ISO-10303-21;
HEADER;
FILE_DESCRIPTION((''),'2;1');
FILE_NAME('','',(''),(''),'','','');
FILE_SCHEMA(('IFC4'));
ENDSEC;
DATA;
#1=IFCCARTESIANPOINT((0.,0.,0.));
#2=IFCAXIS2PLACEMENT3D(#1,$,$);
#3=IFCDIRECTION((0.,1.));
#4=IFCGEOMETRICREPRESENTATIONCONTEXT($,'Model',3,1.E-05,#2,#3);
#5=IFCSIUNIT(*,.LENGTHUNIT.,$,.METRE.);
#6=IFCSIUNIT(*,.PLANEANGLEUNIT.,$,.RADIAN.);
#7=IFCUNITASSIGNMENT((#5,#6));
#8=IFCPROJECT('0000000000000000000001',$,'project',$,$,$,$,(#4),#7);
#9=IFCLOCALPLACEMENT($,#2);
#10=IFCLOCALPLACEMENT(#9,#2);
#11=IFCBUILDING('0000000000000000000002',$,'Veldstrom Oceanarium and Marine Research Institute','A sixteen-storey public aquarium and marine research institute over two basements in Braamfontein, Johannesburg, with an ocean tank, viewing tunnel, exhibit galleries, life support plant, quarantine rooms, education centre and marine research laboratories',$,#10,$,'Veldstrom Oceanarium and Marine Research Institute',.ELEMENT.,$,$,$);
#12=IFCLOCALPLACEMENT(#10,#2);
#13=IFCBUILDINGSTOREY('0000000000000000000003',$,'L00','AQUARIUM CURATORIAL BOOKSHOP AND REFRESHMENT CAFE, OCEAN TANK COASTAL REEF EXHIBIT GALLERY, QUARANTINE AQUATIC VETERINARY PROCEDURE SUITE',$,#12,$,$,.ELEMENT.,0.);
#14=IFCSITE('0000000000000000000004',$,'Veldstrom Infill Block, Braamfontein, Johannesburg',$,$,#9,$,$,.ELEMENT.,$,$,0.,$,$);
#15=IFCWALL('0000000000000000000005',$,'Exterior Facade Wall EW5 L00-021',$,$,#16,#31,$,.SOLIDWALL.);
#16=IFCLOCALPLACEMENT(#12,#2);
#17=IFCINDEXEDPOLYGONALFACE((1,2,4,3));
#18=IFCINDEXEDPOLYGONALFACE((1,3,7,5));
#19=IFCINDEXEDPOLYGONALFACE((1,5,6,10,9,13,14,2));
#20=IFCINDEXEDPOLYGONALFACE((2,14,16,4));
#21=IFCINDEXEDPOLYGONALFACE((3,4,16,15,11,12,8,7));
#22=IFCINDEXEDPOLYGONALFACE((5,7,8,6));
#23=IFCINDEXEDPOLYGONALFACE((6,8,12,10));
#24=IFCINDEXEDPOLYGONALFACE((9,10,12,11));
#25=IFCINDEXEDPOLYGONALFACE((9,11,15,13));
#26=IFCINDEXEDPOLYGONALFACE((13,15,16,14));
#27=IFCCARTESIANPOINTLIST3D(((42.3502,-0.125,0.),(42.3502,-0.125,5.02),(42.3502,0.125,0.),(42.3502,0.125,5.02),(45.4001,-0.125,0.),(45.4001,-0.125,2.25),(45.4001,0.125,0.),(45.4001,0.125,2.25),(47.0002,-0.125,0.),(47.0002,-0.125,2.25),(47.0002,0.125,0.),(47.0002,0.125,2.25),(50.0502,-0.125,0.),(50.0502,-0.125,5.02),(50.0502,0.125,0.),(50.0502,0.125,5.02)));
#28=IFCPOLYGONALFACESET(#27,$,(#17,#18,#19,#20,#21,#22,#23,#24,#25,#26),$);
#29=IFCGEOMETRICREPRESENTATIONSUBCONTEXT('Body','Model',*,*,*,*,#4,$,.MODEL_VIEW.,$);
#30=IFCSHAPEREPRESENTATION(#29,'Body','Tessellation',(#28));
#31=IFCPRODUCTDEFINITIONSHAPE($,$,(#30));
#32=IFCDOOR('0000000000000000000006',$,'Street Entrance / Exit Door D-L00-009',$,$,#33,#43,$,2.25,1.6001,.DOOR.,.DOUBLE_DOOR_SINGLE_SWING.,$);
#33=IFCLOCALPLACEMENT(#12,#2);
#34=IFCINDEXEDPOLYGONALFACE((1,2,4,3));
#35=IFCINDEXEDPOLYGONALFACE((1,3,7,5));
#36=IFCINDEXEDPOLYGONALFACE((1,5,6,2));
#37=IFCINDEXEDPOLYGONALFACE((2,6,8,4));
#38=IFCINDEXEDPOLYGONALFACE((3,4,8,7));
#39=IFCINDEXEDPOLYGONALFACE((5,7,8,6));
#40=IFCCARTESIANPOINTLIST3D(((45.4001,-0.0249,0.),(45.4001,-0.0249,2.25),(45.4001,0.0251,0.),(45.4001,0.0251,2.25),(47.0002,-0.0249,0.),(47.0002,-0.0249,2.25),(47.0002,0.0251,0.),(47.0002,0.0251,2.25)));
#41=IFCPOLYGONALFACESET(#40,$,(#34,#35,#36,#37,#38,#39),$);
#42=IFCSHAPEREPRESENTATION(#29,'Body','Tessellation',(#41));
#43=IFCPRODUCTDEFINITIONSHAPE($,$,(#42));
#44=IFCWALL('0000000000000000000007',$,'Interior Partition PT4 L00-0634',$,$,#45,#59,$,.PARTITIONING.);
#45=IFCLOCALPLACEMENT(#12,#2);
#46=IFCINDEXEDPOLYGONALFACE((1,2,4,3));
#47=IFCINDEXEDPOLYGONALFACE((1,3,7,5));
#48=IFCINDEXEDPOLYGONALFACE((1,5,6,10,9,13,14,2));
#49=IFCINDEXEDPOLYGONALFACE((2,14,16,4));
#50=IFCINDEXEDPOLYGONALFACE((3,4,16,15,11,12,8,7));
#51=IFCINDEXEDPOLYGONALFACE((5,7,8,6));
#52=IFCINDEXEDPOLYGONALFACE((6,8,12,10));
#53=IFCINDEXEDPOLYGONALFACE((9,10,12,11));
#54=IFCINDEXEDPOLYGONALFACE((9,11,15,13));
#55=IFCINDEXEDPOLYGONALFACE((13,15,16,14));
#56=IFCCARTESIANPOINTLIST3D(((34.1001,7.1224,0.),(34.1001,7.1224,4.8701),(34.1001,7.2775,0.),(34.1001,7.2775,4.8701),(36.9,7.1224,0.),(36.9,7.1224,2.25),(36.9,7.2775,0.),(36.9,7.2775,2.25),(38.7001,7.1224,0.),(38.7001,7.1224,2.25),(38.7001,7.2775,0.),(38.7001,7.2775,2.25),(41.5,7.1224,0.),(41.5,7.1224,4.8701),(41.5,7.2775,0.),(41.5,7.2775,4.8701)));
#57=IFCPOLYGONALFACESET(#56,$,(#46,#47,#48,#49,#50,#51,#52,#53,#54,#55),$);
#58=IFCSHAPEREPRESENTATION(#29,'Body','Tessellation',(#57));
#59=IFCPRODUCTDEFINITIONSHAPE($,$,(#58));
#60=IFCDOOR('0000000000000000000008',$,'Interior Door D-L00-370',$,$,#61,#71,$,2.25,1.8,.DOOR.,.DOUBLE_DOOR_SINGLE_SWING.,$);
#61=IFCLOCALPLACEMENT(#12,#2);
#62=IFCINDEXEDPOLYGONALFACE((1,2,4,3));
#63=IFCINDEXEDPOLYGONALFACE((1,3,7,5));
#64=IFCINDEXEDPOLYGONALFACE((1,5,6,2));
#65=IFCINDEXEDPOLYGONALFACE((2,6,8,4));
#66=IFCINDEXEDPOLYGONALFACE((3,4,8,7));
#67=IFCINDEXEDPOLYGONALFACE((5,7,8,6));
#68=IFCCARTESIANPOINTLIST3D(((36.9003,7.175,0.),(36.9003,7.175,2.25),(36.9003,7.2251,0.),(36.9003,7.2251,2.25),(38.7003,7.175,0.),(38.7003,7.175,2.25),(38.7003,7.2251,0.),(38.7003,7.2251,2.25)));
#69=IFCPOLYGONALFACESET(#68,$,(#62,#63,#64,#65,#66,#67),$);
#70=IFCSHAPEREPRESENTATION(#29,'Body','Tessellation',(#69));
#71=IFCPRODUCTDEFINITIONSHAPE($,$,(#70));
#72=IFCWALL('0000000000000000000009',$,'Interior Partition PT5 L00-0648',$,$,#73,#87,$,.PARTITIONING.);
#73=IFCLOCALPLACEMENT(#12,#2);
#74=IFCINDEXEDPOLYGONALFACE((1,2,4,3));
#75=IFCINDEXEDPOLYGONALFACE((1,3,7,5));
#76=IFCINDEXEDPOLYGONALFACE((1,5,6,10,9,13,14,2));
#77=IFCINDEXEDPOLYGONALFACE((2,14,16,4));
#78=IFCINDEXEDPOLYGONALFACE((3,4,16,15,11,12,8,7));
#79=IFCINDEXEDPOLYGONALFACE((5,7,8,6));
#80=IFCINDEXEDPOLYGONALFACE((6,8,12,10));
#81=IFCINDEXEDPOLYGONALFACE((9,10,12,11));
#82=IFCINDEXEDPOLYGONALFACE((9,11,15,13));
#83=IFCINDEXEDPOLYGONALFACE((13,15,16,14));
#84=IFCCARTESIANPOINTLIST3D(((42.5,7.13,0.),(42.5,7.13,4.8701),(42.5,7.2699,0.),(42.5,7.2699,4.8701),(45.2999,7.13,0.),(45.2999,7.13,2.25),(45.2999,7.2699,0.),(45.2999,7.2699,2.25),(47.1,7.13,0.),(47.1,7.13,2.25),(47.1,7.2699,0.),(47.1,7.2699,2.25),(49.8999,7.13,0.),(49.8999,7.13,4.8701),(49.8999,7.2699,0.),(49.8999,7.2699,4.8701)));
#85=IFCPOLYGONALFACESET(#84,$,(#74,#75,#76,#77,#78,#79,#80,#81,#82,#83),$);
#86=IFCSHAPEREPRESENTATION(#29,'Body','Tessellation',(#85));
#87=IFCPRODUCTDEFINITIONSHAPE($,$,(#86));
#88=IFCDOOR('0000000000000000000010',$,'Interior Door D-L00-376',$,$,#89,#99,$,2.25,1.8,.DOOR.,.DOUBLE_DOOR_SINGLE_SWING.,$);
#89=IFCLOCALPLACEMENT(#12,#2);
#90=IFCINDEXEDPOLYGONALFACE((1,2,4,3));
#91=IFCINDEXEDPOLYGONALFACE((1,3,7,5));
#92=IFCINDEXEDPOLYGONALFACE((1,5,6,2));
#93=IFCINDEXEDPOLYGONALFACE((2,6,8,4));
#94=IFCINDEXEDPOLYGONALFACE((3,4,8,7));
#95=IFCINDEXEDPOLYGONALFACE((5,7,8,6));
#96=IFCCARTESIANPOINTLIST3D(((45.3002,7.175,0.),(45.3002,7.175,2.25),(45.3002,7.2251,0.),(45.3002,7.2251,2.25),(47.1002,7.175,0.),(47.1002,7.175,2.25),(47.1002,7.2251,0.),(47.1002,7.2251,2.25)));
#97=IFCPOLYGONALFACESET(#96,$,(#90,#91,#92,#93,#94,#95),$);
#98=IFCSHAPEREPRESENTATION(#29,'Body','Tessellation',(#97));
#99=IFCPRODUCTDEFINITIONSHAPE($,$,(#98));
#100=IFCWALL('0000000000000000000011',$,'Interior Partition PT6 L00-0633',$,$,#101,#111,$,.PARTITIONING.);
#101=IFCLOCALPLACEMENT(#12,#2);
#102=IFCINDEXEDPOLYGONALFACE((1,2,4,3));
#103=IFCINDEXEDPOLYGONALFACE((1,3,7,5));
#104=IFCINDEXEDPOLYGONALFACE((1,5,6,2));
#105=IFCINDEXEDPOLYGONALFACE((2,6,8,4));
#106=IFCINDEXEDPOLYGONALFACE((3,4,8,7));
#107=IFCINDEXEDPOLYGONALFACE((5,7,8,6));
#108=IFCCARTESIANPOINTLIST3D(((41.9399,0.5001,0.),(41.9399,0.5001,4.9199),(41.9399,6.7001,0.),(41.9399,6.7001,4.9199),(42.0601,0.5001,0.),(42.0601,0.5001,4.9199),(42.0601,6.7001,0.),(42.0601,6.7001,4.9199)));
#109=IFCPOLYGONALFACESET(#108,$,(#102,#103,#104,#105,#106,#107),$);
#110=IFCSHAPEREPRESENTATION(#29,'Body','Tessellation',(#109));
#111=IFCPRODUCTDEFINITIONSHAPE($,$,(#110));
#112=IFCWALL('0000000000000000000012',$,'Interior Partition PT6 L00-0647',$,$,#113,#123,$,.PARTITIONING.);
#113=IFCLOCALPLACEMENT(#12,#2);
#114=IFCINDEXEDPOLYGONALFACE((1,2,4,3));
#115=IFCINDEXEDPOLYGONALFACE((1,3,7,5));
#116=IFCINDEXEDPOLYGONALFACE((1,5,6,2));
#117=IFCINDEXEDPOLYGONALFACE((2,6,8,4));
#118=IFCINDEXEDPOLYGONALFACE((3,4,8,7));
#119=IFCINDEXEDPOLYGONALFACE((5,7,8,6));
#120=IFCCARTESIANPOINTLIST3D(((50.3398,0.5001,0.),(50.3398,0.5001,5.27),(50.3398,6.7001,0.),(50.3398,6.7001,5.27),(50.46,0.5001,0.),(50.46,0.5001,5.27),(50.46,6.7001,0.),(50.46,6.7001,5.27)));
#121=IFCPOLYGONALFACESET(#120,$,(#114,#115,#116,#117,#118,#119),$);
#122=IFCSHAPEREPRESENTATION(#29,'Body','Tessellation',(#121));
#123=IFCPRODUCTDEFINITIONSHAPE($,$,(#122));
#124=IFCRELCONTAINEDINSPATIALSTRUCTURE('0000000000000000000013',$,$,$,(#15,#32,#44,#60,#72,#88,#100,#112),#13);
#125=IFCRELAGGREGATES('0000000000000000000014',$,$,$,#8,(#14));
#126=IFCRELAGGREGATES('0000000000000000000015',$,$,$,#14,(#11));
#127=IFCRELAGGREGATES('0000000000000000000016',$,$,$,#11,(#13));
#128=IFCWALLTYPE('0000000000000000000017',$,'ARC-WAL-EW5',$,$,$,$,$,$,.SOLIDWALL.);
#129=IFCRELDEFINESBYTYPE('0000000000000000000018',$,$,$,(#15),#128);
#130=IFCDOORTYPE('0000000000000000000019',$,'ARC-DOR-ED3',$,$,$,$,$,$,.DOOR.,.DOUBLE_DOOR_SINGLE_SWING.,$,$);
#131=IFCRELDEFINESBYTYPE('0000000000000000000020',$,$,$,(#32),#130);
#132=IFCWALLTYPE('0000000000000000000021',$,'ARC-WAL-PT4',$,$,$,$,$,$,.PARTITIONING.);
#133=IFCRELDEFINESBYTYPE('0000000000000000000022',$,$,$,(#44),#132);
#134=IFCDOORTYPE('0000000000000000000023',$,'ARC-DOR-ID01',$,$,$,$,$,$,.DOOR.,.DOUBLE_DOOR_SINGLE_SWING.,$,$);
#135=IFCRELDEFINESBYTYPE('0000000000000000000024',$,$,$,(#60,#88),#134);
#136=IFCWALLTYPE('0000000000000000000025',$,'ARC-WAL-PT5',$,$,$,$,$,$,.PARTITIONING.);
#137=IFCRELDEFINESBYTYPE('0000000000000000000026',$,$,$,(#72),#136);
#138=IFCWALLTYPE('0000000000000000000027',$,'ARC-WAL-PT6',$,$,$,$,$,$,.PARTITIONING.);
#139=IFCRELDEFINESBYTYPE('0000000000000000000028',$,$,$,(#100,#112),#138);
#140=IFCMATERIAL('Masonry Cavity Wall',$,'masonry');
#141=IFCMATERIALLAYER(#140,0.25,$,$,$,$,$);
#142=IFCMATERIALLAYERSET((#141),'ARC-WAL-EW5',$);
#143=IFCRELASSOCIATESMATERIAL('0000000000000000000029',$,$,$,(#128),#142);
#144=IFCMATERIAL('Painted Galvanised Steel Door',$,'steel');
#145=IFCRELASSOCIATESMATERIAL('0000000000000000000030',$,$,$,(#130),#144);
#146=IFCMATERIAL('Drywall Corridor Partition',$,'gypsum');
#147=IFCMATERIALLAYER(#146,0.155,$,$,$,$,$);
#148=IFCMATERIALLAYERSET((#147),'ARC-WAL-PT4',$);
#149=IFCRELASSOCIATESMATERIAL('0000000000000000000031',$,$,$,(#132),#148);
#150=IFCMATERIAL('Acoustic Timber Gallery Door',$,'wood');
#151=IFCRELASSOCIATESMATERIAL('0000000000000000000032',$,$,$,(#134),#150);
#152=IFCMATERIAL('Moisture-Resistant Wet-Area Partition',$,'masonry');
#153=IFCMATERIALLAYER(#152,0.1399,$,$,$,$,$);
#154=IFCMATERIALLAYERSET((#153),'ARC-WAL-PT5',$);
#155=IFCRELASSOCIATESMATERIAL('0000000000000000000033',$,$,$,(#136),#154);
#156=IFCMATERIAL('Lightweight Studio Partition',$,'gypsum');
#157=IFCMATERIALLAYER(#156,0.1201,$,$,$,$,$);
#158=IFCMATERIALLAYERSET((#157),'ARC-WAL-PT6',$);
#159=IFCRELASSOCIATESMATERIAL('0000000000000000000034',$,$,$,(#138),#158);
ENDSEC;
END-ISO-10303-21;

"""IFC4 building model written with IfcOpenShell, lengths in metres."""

from ifc_helpers import new_model, si_unit, direction, frame, frame_2d, origin, place, context, subcontext, project, spatial, rectangle, extrude, material, layer, layer_set, type_object, element, fill, save


model = new_model("IFC4")

# Units and contexts
model_context = context("Model", 3, precision=1e-05, world=origin(), true_north=direction((0.0, 1.0)))
body_context = subcontext(model_context, "Body", "Model", "MODEL_VIEW")
ifc_project = project(units=[si_unit("LENGTHUNIT", "METRE"), si_unit("PLANEANGLEUNIT", "RADIAN")], contexts=[model_context])

# Site, building, storey
site_placement = place(None, origin())
site = spatial("IfcSite", under=ifc_project, at=site_placement, Name="Veldstrom Infill Block, Braamfontein, Johannesburg", CompositionType="ELEMENT", RefElevation=0.0)
building_placement = place(site_placement, origin())
building = spatial("IfcBuilding", under=site, at=building_placement, Name="Veldstrom Oceanarium and Marine Research Institute", Description="A sixteen-storey public aquarium and marine research institute over two basements in Braamfontein, Johannesburg, with an ocean tank, viewing tunnel, exhibit galleries, life support plant, quarantine rooms, education centre and marine research laboratories", LongName="Veldstrom Oceanarium and Marine Research Institute", CompositionType="ELEMENT")
storey_placement = place(building_placement, origin())
storey = spatial("IfcBuildingStorey", under=building, at=storey_placement, Name="L00", Description="AQUARIUM CURATORIAL BOOKSHOP AND REFRESHMENT CAFE, OCEAN TANK COASTAL REEF EXHIBIT GALLERY, QUARANTINE AQUATIC VETERINARY PROCEDURE SUITE", CompositionType="ELEMENT", Elevation=0.0)

# Walls, openings, doors
ifc_material_1 = material(Name="Masonry Cavity Wall", Category="masonry")
ifc_layer_1 = layer(ifc_material_1, 0.25)
ifc_layer_set_1 = layer_set([ifc_layer_1], Name="ARC-WAL-EW5")
wall_type_1 = type_object("IfcWallType", Name="ARC-WAL-EW5", PredefinedType="SOLIDWALL", material=ifc_layer_set_1)
wall_1_placement = place(storey_placement, frame((42.3501, 0.0, 0.0), z_axis=(0.0, 0.0, 1.0), x_axis=(1.0, 0.0, 0.0)))
wall_1 = element("IfcWall", 1, at=wall_1_placement, inside=storey, type_object=wall_type_1, Name="Exterior Facade Wall EW5 L00-021", PredefinedType="SOLIDWALL", context=body_context, shape_type="SweptSolid", body=[
    extrude(rectangle(XDim=7.7, YDim=0.25, at=frame_2d((3.8501, 0.0))), origin(), (0.0, 0.0, 1.0), 5.02),
])
opening_1_placement = place(wall_1_placement, frame((3.05, 0.0, 0.0)))
opening_1 = element("IfcOpeningElement", 2, at=opening_1_placement, cuts=wall_1, PredefinedType="OPENING", context=body_context, shape_type="SweptSolid", body=[
    extrude(rectangle(XDim=1.6001, YDim=2.25, at=frame_2d((0.8, 1.125))), frame((0.0, 0.135, 0.0), z_axis=(0.0, -1.0, 0.0), x_axis=(1.0, 0.0, 0.0)), (0.0, 0.0, 1.0), 0.27),
])
ifc_material_2 = material(Name="Painted Galvanised Steel Door", Category="steel")
door_type_1 = type_object("IfcDoorType", Name="ARC-DOR-ED3", OperationType="DOUBLE_DOOR_SINGLE_SWING", PredefinedType="DOOR", material=ifc_material_2)
door_1_placement = place(opening_1_placement, frame((1.6001, 0.0, 0.0), z_axis=(0.0, 0.0, 1.0), x_axis=(-1.0, 0.0, 0.0)))
door_1 = element("IfcDoor", 3, at=door_1_placement, inside=storey, type_object=door_type_1, Name="Street Entrance / Exit Door D-L00-009", OperationType="DOUBLE_DOOR_SINGLE_SWING", OverallHeight=2.25, OverallWidth=1.6001, PredefinedType="DOOR", context=body_context, shape_type="SweptSolid", body=[
    extrude(rectangle(XDim=1.6001, YDim=2.25, at=frame_2d((0.8, 1.125))), frame((0.0, 0.0249, 0.0), z_axis=(0.0, -1.0, 0.0), x_axis=(1.0, 0.0, 0.0)), (0.0, 0.0, 1.0), 0.05),
])
fill(opening_1, door_1)
ifc_material_3 = material(Name="Drywall Corridor Partition", Category="gypsum")
ifc_layer_2 = layer(ifc_material_3, 0.155)
ifc_layer_set_2 = layer_set([ifc_layer_2], Name="ARC-WAL-PT4")
wall_type_2 = type_object("IfcWallType", Name="ARC-WAL-PT4", PredefinedType="PARTITIONING", material=ifc_layer_set_2)
wall_2_placement = place(storey_placement, frame((34.1001, 7.2, 0.0), z_axis=(0.0, 0.0, 1.0), x_axis=(1.0, 0.0, 0.0)))
wall_2 = element("IfcWall", 4, at=wall_2_placement, inside=storey, type_object=wall_type_2, Name="Interior Partition PT4 L00-0634", PredefinedType="PARTITIONING", context=body_context, shape_type="SweptSolid", body=[
    extrude(rectangle(XDim=7.3999, YDim=0.155, at=frame_2d((3.7, 0.0))), origin(), (0.0, 0.0, 1.0), 4.8701),
])
opening_2_placement = place(wall_2_placement, frame((2.8, 0.0, 0.0)))
opening_2 = element("IfcOpeningElement", 5, at=opening_2_placement, cuts=wall_2, PredefinedType="OPENING", context=body_context, shape_type="SweptSolid", body=[
    extrude(rectangle(XDim=1.8, YDim=2.25, at=frame_2d((0.8999, 1.125))), frame((0.0, 0.0874, 0.0), z_axis=(0.0, -1.0, 0.0), x_axis=(1.0, 0.0, 0.0)), (0.0, 0.0, 1.0), 0.175),
])
ifc_material_4 = material(Name="Acoustic Timber Gallery Door", Category="wood")
door_type_2 = type_object("IfcDoorType", Name="ARC-DOR-ID01", OperationType="DOUBLE_DOOR_SINGLE_SWING", PredefinedType="DOOR", material=ifc_material_4)
door_2_placement = place(opening_2_placement, frame((1.8, 0.0, 0.0), z_axis=(0.0, 0.0, 1.0), x_axis=(-1.0, 0.0, 0.0)))
door_2 = element("IfcDoor", 6, at=door_2_placement, inside=storey, type_object=door_type_2, Name="Interior Door D-L00-370", OperationType="DOUBLE_DOOR_SINGLE_SWING", OverallHeight=2.25, OverallWidth=1.8, PredefinedType="DOOR", context=body_context, shape_type="SweptSolid", body=[
    extrude(rectangle(XDim=1.8, YDim=2.25, at=frame_2d((0.8999, 1.125))), frame((0.0, 0.0249, 0.0), z_axis=(0.0, -1.0, 0.0), x_axis=(1.0, 0.0, 0.0)), (0.0, 0.0, 1.0), 0.05),
])
fill(opening_2, door_2)
ifc_material_5 = material(Name="Moisture-Resistant Wet-Area Partition", Category="masonry")
ifc_layer_3 = layer(ifc_material_5, 0.1399)
ifc_layer_set_3 = layer_set([ifc_layer_3], Name="ARC-WAL-PT5")
wall_type_3 = type_object("IfcWallType", Name="ARC-WAL-PT5", PredefinedType="PARTITIONING", material=ifc_layer_set_3)
wall_3_placement = place(storey_placement, frame((42.5, 7.2, 0.0), z_axis=(0.0, 0.0, 1.0), x_axis=(1.0, 0.0, 0.0)))
wall_3 = element("IfcWall", 7, at=wall_3_placement, inside=storey, type_object=wall_type_3, Name="Interior Partition PT5 L00-0648", PredefinedType="PARTITIONING", context=body_context, shape_type="SweptSolid", body=[
    extrude(rectangle(XDim=7.3999, YDim=0.1399, at=frame_2d((3.7, 0.0))), origin(), (0.0, 0.0, 1.0), 4.8701),
])
opening_3_placement = place(wall_3_placement, frame((2.8, 0.0, 0.0)))
opening_3 = element("IfcOpeningElement", 8, at=opening_3_placement, cuts=wall_3, PredefinedType="OPENING", context=body_context, shape_type="SweptSolid", body=[
    extrude(rectangle(XDim=1.8, YDim=2.25, at=frame_2d((0.8999, 1.125))), frame((0.0, 0.0798, 0.0), z_axis=(0.0, -1.0, 0.0), x_axis=(1.0, 0.0, 0.0)), (0.0, 0.0, 1.0), 0.1599),
])
door_3_placement = place(opening_3_placement, frame((1.8, 0.0, 0.0), z_axis=(0.0, 0.0, 1.0), x_axis=(-1.0, 0.0, 0.0)))
door_3 = element("IfcDoor", 9, at=door_3_placement, inside=storey, type_object=door_type_2, Name="Interior Door D-L00-376", OperationType="DOUBLE_DOOR_SINGLE_SWING", OverallHeight=2.25, OverallWidth=1.8, PredefinedType="DOOR", context=body_context, shape_type="SweptSolid", body=[
    extrude(rectangle(XDim=1.8, YDim=2.25, at=frame_2d((0.8999, 1.125))), frame((0.0, 0.0249, 0.0), z_axis=(0.0, -1.0, 0.0), x_axis=(1.0, 0.0, 0.0)), (0.0, 0.0, 1.0), 0.05),
])
fill(opening_3, door_3)

# Walls
ifc_material_6 = material(Name="Lightweight Studio Partition", Category="gypsum")
ifc_layer_4 = layer(ifc_material_6, 0.1201)
ifc_layer_set_4 = layer_set([ifc_layer_4], Name="ARC-WAL-PT6")
wall_type_4 = type_object("IfcWallType", Name="ARC-WAL-PT6", PredefinedType="PARTITIONING", material=ifc_layer_set_4)
wall_4_placement = place(storey_placement, frame((42.0, 0.5, 0.0), z_axis=(0.0, 0.0, 1.0), x_axis=(0.0, 1.0, 0.0)))
element("IfcWall", 10, at=wall_4_placement, inside=storey, type_object=wall_type_4, Name="Interior Partition PT6 L00-0633", PredefinedType="PARTITIONING", context=body_context, shape_type="SweptSolid", body=[
    extrude(rectangle(XDim=6.2, YDim=0.1201, at=frame_2d((3.1001, 0.0))), origin(), (0.0, 0.0, 1.0), 4.9199),
])
wall_5_placement = place(storey_placement, frame((50.3999, 0.5, 0.0), z_axis=(0.0, 0.0, 1.0), x_axis=(0.0, 1.0, 0.0)))
element("IfcWall", 11, at=wall_5_placement, inside=storey, type_object=wall_type_4, Name="Interior Partition PT6 L00-0647", PredefinedType="PARTITIONING", context=body_context, shape_type="SweptSolid", body=[
    extrude(rectangle(XDim=6.2, YDim=0.1201, at=frame_2d((3.1001, 0.0))), origin(), (0.0, 0.0, 1.0), 5.27),
])

save(model, "model.ifc")
